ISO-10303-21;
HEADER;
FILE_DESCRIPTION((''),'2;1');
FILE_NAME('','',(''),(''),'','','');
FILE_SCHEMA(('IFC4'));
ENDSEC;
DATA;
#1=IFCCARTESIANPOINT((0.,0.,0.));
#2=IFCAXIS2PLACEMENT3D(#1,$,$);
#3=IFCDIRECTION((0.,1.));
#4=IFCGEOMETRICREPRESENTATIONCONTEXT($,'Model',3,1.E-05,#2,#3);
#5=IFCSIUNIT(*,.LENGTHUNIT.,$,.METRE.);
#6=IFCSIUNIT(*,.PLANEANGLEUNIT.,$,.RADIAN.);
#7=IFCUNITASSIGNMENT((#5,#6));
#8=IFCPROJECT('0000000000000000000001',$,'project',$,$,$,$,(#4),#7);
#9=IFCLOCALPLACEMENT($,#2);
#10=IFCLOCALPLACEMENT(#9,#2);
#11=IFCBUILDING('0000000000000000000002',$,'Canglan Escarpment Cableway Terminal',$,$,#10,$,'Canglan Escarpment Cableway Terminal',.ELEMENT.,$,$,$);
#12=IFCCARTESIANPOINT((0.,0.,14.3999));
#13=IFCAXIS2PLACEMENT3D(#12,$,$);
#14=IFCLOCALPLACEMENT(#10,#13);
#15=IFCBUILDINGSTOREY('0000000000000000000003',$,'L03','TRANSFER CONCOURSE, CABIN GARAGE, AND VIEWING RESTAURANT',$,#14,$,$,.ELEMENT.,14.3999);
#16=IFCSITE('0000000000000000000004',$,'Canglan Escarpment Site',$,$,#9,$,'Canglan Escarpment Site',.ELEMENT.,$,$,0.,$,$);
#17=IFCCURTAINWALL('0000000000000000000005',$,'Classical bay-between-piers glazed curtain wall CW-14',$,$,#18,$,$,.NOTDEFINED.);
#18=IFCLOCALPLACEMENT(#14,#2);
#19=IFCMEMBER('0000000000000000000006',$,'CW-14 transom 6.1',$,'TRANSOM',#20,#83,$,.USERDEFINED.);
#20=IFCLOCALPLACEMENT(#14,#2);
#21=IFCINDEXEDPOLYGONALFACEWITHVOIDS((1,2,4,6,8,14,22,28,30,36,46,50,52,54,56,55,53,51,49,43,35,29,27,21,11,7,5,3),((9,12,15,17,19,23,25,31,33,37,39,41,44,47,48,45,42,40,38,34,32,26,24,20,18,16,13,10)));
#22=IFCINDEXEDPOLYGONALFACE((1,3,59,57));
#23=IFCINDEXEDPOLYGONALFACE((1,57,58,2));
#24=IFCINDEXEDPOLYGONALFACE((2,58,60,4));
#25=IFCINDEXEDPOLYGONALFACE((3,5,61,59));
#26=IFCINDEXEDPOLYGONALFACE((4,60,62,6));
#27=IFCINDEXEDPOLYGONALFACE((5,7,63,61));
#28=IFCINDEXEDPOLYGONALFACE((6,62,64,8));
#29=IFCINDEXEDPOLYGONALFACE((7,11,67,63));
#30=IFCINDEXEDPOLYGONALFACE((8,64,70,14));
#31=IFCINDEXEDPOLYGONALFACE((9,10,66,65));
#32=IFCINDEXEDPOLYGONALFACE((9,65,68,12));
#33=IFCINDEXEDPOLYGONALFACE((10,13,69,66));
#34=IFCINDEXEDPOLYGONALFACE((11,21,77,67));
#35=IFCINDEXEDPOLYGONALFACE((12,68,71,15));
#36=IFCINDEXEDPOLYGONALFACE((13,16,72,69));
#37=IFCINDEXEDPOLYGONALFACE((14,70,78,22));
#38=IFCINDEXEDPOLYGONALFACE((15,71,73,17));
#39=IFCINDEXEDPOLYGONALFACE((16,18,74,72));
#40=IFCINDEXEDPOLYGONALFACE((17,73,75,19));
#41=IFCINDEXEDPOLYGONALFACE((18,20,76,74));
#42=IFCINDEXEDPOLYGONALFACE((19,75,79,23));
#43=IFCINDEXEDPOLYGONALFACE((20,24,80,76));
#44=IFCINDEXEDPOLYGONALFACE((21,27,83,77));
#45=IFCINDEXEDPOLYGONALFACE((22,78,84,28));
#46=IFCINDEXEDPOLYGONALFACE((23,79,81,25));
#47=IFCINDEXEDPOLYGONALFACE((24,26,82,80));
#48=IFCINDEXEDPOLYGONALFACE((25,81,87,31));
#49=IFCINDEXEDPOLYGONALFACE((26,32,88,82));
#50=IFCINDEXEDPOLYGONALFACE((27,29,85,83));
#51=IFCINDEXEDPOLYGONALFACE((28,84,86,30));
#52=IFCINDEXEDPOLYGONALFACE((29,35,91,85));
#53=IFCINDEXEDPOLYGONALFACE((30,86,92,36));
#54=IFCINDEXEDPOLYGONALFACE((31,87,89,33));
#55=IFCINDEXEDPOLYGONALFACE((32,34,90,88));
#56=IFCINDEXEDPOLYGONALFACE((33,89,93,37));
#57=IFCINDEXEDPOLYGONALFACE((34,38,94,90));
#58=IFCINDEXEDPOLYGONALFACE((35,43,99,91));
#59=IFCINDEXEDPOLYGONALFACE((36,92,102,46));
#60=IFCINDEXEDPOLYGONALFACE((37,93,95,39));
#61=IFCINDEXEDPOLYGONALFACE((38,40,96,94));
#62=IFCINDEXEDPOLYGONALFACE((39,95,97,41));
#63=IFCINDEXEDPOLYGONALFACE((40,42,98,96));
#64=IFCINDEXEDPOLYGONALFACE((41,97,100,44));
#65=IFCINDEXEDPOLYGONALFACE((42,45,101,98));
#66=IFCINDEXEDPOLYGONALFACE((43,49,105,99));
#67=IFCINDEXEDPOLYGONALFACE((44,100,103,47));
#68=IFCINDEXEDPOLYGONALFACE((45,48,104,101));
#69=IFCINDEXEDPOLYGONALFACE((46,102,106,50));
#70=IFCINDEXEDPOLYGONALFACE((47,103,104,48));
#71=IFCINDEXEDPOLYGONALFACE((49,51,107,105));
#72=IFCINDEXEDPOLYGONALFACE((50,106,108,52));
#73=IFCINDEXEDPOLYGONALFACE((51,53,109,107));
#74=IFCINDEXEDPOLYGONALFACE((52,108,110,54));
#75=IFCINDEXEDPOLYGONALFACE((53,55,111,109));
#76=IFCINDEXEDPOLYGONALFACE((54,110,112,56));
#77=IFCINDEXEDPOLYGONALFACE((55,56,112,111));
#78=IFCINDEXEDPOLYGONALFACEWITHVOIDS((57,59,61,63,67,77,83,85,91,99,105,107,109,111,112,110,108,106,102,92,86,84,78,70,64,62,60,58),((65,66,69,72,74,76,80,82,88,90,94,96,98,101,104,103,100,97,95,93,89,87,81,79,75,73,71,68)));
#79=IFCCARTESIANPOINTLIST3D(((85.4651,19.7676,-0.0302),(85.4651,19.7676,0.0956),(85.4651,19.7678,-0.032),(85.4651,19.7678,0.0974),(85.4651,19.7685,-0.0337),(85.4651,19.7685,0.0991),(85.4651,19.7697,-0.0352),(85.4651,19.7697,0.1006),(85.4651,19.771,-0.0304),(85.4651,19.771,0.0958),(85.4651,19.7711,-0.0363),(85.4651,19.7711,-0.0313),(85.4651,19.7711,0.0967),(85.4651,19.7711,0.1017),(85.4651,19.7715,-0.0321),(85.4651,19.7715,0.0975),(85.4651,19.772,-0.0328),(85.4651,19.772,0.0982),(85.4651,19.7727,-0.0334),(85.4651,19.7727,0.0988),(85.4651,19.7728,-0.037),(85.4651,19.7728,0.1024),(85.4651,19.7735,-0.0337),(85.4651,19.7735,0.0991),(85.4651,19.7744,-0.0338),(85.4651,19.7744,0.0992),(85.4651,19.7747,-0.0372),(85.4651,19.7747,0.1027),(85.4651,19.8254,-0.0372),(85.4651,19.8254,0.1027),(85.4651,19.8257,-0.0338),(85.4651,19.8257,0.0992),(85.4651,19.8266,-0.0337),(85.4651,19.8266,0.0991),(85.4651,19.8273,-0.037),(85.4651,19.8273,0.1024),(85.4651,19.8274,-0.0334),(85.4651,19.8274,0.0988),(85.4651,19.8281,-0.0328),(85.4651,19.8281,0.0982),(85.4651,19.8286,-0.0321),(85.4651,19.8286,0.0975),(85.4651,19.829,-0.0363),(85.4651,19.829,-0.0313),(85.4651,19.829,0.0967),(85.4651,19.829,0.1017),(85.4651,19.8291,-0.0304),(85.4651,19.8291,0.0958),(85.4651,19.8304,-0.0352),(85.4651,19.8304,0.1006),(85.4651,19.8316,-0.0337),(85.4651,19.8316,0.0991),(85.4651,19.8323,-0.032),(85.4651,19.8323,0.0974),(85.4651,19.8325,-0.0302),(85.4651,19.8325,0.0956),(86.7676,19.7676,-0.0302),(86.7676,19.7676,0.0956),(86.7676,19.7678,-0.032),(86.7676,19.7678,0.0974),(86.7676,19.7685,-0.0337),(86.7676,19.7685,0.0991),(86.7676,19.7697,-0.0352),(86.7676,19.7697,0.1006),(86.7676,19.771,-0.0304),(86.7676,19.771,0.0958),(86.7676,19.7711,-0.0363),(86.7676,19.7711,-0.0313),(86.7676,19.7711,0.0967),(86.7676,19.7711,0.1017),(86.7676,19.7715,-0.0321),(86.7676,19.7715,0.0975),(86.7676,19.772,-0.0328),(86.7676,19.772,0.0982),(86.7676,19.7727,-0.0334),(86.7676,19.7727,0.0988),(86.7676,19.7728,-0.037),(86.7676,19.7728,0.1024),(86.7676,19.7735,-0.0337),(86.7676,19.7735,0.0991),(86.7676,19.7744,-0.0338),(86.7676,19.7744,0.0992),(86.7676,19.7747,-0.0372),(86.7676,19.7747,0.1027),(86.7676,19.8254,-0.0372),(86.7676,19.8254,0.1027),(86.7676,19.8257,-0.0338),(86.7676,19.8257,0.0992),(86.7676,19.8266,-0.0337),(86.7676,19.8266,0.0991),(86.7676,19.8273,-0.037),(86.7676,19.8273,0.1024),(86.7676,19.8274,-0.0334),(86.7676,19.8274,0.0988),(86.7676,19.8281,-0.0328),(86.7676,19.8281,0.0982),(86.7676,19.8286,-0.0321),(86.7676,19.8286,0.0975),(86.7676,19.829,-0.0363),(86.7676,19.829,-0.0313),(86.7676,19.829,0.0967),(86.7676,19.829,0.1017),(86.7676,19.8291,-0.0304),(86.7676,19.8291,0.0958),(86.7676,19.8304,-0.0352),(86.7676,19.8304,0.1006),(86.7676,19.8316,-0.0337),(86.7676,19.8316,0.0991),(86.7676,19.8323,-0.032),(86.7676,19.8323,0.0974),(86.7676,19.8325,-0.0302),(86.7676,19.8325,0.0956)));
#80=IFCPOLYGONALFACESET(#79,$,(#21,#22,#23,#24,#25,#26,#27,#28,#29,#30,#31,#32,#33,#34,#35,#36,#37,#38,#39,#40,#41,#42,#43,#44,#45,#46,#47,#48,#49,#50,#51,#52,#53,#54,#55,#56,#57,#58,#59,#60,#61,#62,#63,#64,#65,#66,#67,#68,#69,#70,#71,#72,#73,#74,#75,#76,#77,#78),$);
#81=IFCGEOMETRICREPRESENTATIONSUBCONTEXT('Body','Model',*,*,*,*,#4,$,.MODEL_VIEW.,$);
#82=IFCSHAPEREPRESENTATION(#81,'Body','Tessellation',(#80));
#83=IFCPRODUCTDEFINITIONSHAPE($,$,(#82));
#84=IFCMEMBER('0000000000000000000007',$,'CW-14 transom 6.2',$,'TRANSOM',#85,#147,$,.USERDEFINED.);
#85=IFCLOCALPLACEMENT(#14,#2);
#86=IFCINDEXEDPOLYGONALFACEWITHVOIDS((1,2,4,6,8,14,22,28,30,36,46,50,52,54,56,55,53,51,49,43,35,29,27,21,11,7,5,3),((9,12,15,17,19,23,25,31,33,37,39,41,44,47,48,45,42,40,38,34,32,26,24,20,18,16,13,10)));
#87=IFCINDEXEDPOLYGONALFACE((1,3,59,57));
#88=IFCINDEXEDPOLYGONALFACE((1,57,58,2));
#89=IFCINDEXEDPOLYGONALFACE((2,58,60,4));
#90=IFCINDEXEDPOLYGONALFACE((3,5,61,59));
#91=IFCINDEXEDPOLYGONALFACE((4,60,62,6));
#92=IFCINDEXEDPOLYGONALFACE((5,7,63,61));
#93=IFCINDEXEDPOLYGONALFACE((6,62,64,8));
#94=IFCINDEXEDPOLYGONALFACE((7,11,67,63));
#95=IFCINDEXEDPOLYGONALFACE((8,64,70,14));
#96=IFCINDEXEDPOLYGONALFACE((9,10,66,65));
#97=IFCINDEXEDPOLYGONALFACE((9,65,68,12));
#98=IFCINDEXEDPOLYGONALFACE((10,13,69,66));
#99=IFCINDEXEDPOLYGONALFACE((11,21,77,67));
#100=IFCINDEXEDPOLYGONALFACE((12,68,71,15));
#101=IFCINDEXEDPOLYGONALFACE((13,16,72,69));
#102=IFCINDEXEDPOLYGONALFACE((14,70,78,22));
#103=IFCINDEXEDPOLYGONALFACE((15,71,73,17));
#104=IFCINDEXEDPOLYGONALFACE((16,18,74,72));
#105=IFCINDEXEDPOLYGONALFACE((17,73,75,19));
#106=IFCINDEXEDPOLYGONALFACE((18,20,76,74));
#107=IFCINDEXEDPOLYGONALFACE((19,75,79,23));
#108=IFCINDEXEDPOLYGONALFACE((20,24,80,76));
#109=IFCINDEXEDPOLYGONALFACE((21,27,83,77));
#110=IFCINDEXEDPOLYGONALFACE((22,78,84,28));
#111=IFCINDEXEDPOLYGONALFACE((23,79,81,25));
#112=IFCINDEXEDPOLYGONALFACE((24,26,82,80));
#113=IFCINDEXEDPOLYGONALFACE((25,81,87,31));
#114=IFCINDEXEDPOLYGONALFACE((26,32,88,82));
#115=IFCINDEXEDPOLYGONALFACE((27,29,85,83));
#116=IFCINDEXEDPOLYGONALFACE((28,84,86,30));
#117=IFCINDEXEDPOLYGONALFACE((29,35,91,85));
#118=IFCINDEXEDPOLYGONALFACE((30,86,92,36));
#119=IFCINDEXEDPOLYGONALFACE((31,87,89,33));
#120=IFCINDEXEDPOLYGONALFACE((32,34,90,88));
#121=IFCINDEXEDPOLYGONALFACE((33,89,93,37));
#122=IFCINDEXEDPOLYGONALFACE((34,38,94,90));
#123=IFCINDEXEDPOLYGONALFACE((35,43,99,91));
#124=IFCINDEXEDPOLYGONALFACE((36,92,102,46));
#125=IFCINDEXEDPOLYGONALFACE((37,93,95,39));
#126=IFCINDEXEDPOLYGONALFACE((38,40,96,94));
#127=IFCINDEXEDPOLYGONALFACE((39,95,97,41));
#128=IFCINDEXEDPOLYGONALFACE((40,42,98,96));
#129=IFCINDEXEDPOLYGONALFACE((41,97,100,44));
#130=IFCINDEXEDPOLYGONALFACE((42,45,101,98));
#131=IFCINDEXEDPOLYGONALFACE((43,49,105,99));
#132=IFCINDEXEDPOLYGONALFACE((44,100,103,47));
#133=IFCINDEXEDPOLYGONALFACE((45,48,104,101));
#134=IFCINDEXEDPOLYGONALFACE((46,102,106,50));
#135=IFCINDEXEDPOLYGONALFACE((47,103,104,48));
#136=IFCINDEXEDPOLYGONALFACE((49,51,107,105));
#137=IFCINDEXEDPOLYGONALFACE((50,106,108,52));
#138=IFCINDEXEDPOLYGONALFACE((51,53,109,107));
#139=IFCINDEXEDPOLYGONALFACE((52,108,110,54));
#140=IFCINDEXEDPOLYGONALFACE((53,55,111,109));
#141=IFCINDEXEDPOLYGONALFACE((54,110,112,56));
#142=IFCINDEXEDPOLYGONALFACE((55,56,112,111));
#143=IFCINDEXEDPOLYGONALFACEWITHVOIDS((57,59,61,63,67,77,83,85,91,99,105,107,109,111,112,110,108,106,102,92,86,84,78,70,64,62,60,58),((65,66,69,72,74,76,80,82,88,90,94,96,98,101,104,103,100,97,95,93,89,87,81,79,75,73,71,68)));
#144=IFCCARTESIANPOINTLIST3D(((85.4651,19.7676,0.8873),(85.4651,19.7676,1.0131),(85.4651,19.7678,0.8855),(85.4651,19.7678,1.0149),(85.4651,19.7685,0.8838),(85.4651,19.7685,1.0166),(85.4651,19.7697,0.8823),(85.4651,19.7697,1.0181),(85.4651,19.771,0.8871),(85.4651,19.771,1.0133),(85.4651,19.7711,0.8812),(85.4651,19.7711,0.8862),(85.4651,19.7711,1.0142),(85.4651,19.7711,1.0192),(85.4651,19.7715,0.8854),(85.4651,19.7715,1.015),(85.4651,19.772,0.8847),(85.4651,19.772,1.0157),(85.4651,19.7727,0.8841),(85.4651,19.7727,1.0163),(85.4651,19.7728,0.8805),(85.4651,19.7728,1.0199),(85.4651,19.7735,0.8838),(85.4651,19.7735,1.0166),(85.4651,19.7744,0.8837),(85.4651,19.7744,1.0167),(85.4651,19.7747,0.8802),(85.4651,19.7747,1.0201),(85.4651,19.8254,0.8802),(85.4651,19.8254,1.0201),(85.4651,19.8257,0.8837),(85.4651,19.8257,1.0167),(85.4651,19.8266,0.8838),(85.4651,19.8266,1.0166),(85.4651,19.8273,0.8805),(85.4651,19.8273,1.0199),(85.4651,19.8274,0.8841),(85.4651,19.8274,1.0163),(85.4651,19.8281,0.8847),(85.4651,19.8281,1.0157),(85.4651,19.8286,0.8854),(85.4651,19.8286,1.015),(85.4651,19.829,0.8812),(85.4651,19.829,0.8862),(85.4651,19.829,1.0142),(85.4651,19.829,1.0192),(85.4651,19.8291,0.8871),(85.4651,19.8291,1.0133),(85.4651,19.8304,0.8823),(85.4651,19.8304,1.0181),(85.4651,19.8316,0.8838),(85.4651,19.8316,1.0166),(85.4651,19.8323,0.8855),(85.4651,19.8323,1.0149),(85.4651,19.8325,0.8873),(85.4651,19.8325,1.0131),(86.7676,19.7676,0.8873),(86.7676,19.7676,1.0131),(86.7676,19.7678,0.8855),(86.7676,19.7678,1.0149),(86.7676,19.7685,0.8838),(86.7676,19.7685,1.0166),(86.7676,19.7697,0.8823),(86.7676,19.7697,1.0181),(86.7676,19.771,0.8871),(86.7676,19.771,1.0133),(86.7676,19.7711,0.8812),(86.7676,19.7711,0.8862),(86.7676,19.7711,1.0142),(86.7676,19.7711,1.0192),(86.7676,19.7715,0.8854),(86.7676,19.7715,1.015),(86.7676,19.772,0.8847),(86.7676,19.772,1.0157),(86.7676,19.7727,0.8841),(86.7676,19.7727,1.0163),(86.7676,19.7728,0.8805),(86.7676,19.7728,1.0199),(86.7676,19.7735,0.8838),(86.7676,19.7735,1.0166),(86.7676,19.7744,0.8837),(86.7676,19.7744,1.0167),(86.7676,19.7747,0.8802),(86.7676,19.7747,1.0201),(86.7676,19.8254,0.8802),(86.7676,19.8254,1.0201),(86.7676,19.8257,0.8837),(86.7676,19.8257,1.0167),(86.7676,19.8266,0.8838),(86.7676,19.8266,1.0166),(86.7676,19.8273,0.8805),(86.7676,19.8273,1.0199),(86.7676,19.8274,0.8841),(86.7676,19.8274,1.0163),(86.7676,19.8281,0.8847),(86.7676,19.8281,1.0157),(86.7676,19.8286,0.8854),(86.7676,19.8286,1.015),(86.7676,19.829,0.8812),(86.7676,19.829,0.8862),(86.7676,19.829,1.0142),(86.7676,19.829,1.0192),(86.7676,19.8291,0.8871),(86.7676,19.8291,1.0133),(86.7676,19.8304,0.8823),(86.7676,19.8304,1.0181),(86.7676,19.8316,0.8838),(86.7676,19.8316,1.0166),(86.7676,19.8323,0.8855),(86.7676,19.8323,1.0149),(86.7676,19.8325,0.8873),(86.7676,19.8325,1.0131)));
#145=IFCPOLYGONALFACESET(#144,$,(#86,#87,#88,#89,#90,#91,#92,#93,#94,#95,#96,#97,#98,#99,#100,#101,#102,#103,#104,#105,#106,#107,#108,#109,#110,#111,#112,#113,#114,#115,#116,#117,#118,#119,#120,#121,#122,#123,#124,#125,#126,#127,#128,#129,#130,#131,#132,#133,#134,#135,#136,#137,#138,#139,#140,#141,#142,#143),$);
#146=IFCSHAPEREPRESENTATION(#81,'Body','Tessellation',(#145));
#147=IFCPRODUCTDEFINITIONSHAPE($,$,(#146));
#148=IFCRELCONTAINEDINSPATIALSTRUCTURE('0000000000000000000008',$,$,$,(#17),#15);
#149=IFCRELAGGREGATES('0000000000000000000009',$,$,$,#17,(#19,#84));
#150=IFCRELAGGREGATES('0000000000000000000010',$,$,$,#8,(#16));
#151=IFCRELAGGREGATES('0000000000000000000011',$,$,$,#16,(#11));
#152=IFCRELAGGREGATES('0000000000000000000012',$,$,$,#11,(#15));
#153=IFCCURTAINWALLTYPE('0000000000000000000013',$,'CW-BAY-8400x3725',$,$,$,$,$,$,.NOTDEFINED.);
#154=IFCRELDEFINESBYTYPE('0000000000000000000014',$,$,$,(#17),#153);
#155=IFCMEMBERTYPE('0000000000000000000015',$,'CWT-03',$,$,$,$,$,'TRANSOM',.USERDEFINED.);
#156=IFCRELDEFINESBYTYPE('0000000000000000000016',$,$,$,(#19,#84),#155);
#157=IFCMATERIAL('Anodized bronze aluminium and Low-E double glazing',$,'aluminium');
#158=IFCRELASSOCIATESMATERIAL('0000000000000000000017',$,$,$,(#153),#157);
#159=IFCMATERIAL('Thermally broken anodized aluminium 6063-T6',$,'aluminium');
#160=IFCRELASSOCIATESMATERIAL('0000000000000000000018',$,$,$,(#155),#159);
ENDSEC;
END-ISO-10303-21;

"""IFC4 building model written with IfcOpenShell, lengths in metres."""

from ifc_helpers import new_model, si_unit, direction, frame, origin, origin_2d, place, context, subcontext, project, spatial, hollow_rectangle, extrude, material, material_profile, profile_set, type_object, element, aggregate, save


model = new_model("IFC4")

# Units and contexts
model_context = context("Model", 3, precision=1e-05, world=origin(), true_north=direction((0.0, 1.0)))
body_context = subcontext(model_context, "Body", "Model", "MODEL_VIEW")
ifc_project = project(units=[si_unit("LENGTHUNIT", "METRE"), si_unit("PLANEANGLEUNIT", "RADIAN")], contexts=[model_context])

# Site, building, storey
site_placement = place(None, origin())
site = spatial("IfcSite", under=ifc_project, at=site_placement, Name="Canglan Escarpment Site", LongName="Canglan Escarpment Site", CompositionType="ELEMENT", RefElevation=0.0)
building_placement = place(site_placement, origin())
building = spatial("IfcBuilding", under=site, at=building_placement, Name="Canglan Escarpment Cableway Terminal", LongName="Canglan Escarpment Cableway Terminal", CompositionType="ELEMENT")
storey_placement = place(building_placement, frame((0.0, 0.0, 14.3999)))
storey = spatial("IfcBuildingStorey", under=building, at=storey_placement, Name="L03", Description="TRANSFER CONCOURSE, CABIN GARAGE, AND VIEWING RESTAURANT", CompositionType="ELEMENT", Elevation=14.3999)

# Curtain wall, members
ifc_material_1 = material(Name="Anodized bronze aluminium and Low-E double glazing", Category="aluminium")
curtain_wall_type = type_object("IfcCurtainWallType", Name="CW-BAY-8400x3725", PredefinedType="NOTDEFINED", material=ifc_material_1)
curtain_wall_placement = place(storey_placement, origin())
curtain_wall = element("IfcCurtainWall", 1, at=curtain_wall_placement, inside=storey, type_object=curtain_wall_type, Name="Classical bay-between-piers glazed curtain wall CW-14", PredefinedType="NOTDEFINED")
ifc_material_2 = material(Name="Thermally broken anodized aluminium 6063-T6", Category="aluminium")
ifc_material_profile_1 = material_profile(ifc_material_2, hollow_rectangle(XDim=0.0649, YDim=0.1399, WallThickness=0.0034, InnerFilletRadius=0.0034, OuterFilletRadius=0.0071, at=origin_2d()), Name="ALU-TRAN 65x140x3.5")
ifc_profile_set_1 = profile_set([ifc_material_profile_1], Name="Thermally broken anodized aluminium 6063-T6")
member_type_1 = type_object("IfcMemberType", Name="CWT-03", ElementType="TRANSOM", PredefinedType="USERDEFINED", material=ifc_profile_set_1)
member_1_placement = place(storey_placement, frame((86.7676, 19.8, 0.0327), z_axis=(-1.0, 0.0, 0.0), x_axis=(0.0, -1.0, 0.0)))
member_1 = element("IfcMember", 2, at=member_1_placement, type_object=member_type_1, Name="CW-14 transom 6.1", ObjectType="TRANSOM", PredefinedType="USERDEFINED", context=body_context, shape_type="SweptSolid", body=[
    extrude(hollow_rectangle(XDim=0.0649, YDim=0.1399, WallThickness=0.0034, InnerFilletRadius=0.0034, OuterFilletRadius=0.0071, at=origin_2d()), origin(), (0.0, 0.0, 1.0), 1.3025),
])
member_2_placement = place(storey_placement, frame((86.7676, 19.8, 0.9502), z_axis=(-1.0, 0.0, 0.0), x_axis=(0.0, -1.0, 0.0)))
member_2 = element("IfcMember", 3, at=member_2_placement, type_object=member_type_1, Name="CW-14 transom 6.2", ObjectType="TRANSOM", PredefinedType="USERDEFINED", context=body_context, shape_type="SweptSolid", body=[
    extrude(hollow_rectangle(XDim=0.0649, YDim=0.1399, WallThickness=0.0034, InnerFilletRadius=0.0034, OuterFilletRadius=0.0071, at=origin_2d()), origin(), (0.0, 0.0, 1.0), 1.3025),
])

aggregate(curtain_wall, [member_1, member_2])

save(model, "model.ifc")
